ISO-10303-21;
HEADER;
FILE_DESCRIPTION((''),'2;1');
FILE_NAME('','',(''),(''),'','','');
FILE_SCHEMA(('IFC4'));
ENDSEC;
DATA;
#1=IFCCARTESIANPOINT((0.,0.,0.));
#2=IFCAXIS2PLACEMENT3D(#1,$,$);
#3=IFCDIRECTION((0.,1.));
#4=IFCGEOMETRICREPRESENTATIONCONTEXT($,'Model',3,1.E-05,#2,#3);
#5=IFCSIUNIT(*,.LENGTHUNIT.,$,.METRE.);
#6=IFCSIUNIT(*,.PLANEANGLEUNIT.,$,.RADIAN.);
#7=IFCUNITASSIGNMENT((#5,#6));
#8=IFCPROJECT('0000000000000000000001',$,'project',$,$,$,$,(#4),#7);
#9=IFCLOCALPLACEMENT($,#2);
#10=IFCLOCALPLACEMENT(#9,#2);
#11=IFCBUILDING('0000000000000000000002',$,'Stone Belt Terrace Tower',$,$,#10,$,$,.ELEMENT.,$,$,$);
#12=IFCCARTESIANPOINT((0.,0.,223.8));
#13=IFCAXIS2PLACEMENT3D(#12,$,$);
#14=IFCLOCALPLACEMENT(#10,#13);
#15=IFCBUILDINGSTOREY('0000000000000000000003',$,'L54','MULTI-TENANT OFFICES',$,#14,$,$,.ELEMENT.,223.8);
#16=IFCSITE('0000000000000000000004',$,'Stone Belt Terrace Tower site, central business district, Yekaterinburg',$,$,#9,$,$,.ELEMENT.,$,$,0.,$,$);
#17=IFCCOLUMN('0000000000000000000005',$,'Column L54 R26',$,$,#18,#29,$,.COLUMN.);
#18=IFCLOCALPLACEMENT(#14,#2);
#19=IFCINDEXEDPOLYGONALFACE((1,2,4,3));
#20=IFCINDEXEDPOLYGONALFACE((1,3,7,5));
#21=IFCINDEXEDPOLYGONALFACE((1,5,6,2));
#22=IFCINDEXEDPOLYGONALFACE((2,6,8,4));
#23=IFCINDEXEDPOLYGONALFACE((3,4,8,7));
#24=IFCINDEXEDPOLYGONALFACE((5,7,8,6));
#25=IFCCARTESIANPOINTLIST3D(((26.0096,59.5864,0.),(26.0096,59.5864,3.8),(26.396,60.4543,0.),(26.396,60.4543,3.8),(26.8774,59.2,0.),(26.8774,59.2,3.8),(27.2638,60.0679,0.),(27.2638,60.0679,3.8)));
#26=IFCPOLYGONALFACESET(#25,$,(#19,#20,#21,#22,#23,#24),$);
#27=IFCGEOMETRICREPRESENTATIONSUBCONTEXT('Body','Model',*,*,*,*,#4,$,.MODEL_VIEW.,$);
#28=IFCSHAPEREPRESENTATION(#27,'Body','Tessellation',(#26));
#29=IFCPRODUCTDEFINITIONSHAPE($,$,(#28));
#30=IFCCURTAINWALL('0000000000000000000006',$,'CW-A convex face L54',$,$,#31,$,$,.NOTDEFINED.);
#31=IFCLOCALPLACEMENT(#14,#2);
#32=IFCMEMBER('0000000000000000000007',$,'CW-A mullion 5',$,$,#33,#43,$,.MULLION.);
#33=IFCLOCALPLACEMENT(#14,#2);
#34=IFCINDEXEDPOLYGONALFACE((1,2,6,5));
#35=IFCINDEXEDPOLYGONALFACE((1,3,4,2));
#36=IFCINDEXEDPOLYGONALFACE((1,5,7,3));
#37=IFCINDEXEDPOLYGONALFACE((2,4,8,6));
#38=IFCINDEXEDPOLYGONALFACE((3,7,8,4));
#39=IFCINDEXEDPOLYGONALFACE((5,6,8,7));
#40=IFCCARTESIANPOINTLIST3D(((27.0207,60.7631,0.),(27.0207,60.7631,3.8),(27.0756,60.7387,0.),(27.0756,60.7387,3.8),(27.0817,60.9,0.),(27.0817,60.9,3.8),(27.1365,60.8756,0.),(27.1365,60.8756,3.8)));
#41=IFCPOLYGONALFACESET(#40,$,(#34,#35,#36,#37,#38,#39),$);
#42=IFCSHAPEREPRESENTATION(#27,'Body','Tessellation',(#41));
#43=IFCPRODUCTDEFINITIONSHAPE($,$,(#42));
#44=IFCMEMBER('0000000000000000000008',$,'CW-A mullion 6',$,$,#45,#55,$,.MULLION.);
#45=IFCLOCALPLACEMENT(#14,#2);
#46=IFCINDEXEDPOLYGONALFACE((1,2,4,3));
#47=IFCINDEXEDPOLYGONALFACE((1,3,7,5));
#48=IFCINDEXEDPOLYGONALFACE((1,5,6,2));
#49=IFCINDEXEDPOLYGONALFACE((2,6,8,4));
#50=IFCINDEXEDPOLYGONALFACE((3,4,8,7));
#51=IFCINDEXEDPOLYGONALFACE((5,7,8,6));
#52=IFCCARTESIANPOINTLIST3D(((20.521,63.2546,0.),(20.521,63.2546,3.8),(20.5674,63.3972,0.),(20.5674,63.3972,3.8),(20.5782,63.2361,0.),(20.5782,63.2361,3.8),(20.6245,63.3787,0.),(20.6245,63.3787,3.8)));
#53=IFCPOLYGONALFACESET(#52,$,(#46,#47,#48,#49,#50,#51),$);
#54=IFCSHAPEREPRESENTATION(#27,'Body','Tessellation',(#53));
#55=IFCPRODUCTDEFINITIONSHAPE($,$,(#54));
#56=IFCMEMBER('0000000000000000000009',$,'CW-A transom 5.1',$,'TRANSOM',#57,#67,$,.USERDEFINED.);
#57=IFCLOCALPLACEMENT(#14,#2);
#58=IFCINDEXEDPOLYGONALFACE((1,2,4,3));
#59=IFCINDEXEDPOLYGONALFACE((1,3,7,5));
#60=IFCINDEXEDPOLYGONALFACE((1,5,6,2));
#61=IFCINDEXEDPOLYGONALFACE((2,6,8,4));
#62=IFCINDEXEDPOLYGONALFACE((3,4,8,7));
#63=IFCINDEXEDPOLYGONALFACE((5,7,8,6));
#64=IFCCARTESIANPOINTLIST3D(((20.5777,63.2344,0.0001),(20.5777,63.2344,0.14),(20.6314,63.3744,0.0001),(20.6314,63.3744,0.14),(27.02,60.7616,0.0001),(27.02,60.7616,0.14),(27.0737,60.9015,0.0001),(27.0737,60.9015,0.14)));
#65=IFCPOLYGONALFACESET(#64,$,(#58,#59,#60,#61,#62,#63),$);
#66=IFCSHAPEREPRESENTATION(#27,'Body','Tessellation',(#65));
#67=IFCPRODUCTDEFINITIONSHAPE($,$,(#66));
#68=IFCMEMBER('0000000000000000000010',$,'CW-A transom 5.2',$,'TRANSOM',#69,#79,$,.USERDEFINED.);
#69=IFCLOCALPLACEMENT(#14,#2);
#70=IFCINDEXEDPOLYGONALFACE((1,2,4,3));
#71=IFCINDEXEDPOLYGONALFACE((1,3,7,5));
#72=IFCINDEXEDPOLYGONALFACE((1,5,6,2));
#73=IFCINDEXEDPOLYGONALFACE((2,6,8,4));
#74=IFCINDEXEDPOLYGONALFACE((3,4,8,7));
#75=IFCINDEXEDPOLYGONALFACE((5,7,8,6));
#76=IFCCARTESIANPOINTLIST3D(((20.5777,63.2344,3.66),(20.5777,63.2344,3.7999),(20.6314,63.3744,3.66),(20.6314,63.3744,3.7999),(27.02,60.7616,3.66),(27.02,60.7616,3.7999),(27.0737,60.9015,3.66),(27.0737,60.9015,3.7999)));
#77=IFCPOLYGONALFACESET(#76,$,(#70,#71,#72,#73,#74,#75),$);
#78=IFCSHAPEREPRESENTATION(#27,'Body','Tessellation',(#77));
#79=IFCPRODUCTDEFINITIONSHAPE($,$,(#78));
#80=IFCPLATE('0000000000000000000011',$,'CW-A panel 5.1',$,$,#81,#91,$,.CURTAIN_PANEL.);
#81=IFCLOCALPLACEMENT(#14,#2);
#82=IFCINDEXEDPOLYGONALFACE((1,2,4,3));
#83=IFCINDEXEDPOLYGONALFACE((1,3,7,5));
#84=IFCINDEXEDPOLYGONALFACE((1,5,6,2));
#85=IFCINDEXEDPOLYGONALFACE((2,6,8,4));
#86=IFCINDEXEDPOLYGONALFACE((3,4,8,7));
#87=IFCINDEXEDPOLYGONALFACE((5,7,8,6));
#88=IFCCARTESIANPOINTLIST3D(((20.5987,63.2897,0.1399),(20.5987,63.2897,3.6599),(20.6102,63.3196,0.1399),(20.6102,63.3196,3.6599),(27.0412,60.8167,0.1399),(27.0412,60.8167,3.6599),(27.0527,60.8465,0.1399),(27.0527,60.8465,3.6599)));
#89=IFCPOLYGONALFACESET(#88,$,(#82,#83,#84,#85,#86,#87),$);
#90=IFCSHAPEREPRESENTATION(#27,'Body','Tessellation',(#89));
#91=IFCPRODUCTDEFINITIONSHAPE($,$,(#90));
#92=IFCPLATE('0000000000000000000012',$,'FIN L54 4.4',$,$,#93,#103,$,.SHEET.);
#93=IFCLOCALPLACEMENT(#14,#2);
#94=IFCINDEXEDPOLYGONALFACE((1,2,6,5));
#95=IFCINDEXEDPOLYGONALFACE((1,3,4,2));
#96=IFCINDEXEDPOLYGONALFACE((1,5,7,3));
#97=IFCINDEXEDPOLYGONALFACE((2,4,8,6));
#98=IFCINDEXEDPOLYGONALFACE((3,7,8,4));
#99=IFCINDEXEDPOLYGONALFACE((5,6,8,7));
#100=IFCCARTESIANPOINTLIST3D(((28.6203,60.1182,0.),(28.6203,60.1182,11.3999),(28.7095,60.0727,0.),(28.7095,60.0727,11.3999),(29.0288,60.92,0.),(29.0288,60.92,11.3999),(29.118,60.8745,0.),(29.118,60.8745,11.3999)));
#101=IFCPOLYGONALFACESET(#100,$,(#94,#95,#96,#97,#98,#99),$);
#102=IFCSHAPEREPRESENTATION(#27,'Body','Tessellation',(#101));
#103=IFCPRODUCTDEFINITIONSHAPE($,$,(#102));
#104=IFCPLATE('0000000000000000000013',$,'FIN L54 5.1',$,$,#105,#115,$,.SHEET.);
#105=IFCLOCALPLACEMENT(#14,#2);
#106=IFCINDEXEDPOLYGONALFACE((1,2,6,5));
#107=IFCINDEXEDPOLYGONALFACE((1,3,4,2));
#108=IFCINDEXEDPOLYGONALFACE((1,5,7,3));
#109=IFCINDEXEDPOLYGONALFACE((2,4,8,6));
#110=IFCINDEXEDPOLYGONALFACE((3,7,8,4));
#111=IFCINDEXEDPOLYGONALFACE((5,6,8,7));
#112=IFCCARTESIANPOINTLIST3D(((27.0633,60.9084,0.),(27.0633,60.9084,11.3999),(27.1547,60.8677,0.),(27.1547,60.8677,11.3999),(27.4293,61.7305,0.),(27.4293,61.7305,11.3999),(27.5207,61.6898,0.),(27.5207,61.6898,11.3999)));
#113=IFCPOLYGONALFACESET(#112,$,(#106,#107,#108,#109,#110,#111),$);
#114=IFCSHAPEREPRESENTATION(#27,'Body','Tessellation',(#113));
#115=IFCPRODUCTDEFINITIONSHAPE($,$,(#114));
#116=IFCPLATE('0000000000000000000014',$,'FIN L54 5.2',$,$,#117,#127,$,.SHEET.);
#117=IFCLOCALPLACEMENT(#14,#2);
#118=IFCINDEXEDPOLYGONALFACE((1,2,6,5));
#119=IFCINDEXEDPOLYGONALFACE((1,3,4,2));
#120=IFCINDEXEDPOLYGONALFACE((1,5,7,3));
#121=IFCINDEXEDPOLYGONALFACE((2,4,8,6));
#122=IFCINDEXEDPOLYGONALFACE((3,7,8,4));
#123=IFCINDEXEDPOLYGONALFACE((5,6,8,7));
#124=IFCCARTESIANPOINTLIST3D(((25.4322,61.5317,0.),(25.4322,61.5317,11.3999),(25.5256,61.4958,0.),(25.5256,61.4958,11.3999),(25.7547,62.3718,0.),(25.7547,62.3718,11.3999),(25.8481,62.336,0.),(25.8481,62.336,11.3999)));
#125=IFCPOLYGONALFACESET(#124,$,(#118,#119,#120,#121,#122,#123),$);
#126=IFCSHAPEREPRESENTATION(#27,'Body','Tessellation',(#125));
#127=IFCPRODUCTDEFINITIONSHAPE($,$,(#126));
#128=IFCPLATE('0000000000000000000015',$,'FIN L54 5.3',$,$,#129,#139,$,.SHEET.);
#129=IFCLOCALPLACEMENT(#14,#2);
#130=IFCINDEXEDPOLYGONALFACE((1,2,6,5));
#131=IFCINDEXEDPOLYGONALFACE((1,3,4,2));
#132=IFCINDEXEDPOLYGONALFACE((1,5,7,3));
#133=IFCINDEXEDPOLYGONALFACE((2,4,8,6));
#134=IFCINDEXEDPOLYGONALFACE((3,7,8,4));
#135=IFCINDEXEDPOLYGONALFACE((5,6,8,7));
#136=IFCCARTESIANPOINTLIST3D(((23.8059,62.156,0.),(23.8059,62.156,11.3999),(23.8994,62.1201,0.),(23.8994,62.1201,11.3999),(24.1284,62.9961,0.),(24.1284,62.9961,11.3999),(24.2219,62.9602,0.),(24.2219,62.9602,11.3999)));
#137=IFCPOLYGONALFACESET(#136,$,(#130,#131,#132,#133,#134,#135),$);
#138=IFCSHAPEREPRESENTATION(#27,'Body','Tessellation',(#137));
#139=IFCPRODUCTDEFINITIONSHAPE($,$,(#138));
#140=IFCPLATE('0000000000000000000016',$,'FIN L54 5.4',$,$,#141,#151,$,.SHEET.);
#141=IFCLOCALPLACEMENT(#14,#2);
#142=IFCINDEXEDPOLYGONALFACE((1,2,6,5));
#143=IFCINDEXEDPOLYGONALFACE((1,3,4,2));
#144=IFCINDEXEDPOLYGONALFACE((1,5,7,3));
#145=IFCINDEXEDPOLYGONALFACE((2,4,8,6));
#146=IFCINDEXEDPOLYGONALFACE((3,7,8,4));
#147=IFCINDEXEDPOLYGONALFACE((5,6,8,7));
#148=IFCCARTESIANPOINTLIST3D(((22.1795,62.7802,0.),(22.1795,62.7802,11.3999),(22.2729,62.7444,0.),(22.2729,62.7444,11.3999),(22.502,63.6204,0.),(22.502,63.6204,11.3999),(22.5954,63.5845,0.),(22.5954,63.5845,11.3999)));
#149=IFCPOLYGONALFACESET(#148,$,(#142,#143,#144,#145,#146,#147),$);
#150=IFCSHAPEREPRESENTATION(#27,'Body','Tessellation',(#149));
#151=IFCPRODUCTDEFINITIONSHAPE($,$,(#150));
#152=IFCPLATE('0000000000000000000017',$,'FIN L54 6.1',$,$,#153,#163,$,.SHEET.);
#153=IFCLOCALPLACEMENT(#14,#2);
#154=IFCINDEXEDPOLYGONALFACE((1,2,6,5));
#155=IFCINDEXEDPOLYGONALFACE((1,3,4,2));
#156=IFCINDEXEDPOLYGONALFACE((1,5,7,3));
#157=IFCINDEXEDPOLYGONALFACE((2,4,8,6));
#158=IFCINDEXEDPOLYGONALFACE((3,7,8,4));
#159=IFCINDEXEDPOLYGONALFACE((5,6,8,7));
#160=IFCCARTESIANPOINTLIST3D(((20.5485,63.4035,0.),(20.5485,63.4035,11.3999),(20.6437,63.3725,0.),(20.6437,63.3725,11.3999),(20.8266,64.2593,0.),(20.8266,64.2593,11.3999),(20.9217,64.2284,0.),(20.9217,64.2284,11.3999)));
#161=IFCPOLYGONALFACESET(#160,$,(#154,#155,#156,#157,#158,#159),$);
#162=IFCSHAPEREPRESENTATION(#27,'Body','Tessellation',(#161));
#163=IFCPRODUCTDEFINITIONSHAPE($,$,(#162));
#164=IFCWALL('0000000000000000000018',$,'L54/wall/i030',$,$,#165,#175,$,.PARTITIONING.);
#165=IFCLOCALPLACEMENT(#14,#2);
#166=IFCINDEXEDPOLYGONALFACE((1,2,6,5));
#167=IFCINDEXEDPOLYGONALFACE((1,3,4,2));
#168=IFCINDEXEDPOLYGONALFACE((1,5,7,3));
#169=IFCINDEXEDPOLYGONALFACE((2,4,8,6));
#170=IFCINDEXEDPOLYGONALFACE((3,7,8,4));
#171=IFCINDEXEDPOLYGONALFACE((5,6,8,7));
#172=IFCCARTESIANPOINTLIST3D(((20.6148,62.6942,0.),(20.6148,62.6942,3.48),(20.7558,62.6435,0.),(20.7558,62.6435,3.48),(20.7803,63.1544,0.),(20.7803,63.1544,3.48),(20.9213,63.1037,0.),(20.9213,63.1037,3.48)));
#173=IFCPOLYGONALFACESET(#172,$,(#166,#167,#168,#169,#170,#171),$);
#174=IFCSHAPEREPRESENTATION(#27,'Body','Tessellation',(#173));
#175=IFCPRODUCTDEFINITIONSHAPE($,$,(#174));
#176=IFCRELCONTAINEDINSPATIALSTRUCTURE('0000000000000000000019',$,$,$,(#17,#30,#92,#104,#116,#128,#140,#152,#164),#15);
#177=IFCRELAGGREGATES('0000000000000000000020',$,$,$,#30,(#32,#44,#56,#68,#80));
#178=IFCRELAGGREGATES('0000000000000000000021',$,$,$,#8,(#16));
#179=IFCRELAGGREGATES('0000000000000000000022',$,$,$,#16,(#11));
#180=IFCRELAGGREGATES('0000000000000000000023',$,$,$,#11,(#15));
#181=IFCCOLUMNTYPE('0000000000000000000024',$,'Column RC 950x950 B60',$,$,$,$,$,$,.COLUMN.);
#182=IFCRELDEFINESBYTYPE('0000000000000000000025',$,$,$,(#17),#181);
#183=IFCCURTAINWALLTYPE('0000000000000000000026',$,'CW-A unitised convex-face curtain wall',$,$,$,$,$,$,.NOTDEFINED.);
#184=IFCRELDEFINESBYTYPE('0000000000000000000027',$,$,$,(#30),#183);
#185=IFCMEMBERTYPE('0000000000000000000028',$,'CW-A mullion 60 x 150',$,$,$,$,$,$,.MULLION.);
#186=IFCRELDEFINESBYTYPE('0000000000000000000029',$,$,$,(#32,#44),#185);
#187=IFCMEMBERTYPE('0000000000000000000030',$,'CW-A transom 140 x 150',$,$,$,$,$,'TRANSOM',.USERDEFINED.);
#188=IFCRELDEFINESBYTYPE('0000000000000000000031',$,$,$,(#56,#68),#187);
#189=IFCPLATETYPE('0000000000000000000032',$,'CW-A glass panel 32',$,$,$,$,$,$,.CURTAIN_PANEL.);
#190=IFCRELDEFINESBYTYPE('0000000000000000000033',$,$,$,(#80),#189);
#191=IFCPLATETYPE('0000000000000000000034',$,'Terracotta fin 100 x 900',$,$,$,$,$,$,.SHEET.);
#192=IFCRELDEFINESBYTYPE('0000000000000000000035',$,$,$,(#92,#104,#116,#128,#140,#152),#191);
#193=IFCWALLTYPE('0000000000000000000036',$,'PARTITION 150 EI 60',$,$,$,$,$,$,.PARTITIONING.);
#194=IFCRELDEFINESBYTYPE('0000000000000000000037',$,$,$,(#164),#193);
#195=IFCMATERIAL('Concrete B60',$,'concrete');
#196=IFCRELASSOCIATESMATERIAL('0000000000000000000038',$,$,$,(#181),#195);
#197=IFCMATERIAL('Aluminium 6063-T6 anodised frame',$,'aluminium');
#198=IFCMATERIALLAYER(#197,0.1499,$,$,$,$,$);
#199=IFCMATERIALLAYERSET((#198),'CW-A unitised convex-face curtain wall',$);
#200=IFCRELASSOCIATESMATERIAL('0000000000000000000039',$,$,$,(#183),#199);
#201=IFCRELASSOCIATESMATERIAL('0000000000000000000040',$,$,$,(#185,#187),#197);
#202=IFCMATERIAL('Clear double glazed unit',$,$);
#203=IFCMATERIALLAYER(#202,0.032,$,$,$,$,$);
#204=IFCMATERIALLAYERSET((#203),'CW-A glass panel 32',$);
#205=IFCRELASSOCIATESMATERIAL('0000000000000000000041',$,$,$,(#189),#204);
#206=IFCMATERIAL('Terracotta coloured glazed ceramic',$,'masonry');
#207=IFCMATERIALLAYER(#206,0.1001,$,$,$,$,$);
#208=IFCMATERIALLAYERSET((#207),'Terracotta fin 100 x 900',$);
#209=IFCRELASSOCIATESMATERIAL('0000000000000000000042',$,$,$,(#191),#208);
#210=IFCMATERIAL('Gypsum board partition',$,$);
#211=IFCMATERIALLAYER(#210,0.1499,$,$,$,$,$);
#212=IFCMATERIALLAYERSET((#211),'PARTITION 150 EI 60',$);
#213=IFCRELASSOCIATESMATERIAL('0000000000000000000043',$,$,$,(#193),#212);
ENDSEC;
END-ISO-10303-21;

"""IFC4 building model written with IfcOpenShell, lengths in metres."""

from ifc_helpers import new_model, si_unit, direction, frame, frame_2d, origin, origin_2d, place, context, subcontext, project, spatial, rectangle, extrude, material, layer, layer_set, material_profile, profile_set, type_object, element, aggregate, save


model = new_model("IFC4")

# Units and contexts
model_context = context("Model", 3, precision=1e-05, world=origin(), true_north=direction((0.0, 1.0)))
body_context = subcontext(model_context, "Body", "Model", "MODEL_VIEW")
ifc_project = project(units=[si_unit("LENGTHUNIT", "METRE"), si_unit("PLANEANGLEUNIT", "RADIAN")], contexts=[model_context])

# Site, building, storey
site_placement = place(None, origin())
site = spatial("IfcSite", under=ifc_project, at=site_placement, Name="Stone Belt Terrace Tower site, central business district, Yekaterinburg", CompositionType="ELEMENT", RefElevation=0.0)
building_placement = place(site_placement, origin())
building = spatial("IfcBuilding", under=site, at=building_placement, Name="Stone Belt Terrace Tower", CompositionType="ELEMENT")
storey_placement = place(building_placement, frame((0.0, 0.0, 223.8)))
storey = spatial("IfcBuildingStorey", under=building, at=storey_placement, Name="L54", Description="MULTI-TENANT OFFICES", CompositionType="ELEMENT", Elevation=223.8)

# Column
ifc_material_1 = material(Name="Concrete B60", Category="concrete")
ifc_material_profile_1 = material_profile(ifc_material_1, rectangle(XDim=0.95, YDim=0.95, at=origin_2d()), Name="RC 950x950")
ifc_profile_set_1 = profile_set([ifc_material_profile_1], Name="Concrete B60")
column_type = type_object("IfcColumnType", Name="Column RC 950x950 B60", PredefinedType="COLUMN", material=ifc_profile_set_1)
column_placement = place(storey_placement, frame((26.6367, 59.8271, 0.0), z_axis=(0.0, 0.0, 1.0), x_axis=(0.913545, -0.406737, 0.0)))
element("IfcColumn", 1, at=column_placement, inside=storey, type_object=column_type, Name="Column L54 R26", PredefinedType="COLUMN", context=body_context, shape_type="SweptSolid", body=[
    extrude(rectangle(XDim=0.95, YDim=0.95, at=origin_2d()), origin(), (0.0, 0.0, 1.0), 3.8),
])

# Curtain wall, members, plate
ifc_material_2 = material(Name="Aluminium 6063-T6 anodised frame", Category="aluminium")
ifc_layer_1 = layer(ifc_material_2, 0.1499)
ifc_layer_set_1 = layer_set([ifc_layer_1], Name="CW-A unitised convex-face curtain wall")
curtain_wall_type = type_object("IfcCurtainWallType", Name="CW-A unitised convex-face curtain wall", PredefinedType="NOTDEFINED", material=ifc_layer_set_1)
curtain_wall_placement = place(storey_placement, origin())
curtain_wall = element("IfcCurtainWall", 2, at=curtain_wall_placement, inside=storey, type_object=curtain_wall_type, Name="CW-A convex face L54", PredefinedType="NOTDEFINED")
ifc_material_profile_2 = material_profile(ifc_material_2, rectangle(XDim=0.1499, YDim=0.0601, at=origin_2d()), Name="Aluminium 6063-T6 60x150")
ifc_profile_set_2 = profile_set([ifc_material_profile_2], Name="Aluminium 6063-T6 anodised frame")
member_type_1 = type_object("IfcMemberType", Name="CW-A mullion 60 x 150", PredefinedType="MULLION", material=ifc_profile_set_2)
member_1_placement = place(storey_placement, frame((27.0786, 60.8193, 0.0), z_axis=(0.0, 0.0, 1.0), x_axis=(-0.406737, -0.913545, 0.0)))
member_1 = element("IfcMember", 3, at=member_1_placement, type_object=member_type_1, Name="CW-A mullion 5", PredefinedType="MULLION", context=body_context, shape_type="SweptSolid", body=[
    extrude(rectangle(XDim=0.1499, YDim=0.0601, at=origin_2d()), origin(), (0.0, 0.0, 1.0), 3.8),
])
member_2_placement = place(storey_placement, frame((20.5728, 63.3167, 0.0), z_axis=(0.0, 0.0, 1.0), x_axis=(-0.309017, -0.951057, 0.0)))
member_2 = element("IfcMember", 4, at=member_2_placement, type_object=member_type_1, Name="CW-A mullion 6", PredefinedType="MULLION", context=body_context, shape_type="SweptSolid", body=[
    extrude(rectangle(XDim=0.1499, YDim=0.0601, at=origin_2d()), origin(), (0.0, 0.0, 1.0), 3.8),
])
ifc_material_profile_3 = material_profile(ifc_material_2, rectangle(XDim=0.1499, YDim=0.1399, at=origin_2d()), Name="Aluminium 6063-T6 150x140")
ifc_profile_set_3 = profile_set([ifc_material_profile_3], Name="Aluminium 6063-T6 anodised frame")
member_type_2 = type_object("IfcMemberType", Name="CW-A transom 140 x 150", ElementType="TRANSOM", PredefinedType="USERDEFINED", material=ifc_profile_set_3)
member_3_placement = place(storey_placement, frame((27.0469, 60.8315, 0.0701), z_axis=(-0.933585, 0.358355, 0.0), x_axis=(-0.358355, -0.933585, 0.0)))
member_3 = element("IfcMember", 5, at=member_3_placement, type_object=member_type_2, Name="CW-A transom 5.1", ObjectType="TRANSOM", PredefinedType="USERDEFINED", context=body_context, shape_type="SweptSolid", body=[
    extrude(rectangle(XDim=0.1499, YDim=0.1399, at=origin_2d()), origin(), (0.0, 0.0, 1.0), 6.9006),
])
member_4_placement = place(storey_placement, frame((27.0469, 60.8315, 3.73), z_axis=(-0.933585, 0.358355, 0.0), x_axis=(-0.358355, -0.933585, 0.0)))
member_4 = element("IfcMember", 6, at=member_4_placement, type_object=member_type_2, Name="CW-A transom 5.2", ObjectType="TRANSOM", PredefinedType="USERDEFINED", context=body_context, shape_type="SweptSolid", body=[
    extrude(rectangle(XDim=0.1499, YDim=0.1399, at=origin_2d()), origin(), (0.0, 0.0, 1.0), 6.9006),
])
ifc_material_3 = material(Name="Clear double glazed unit")
ifc_layer_2 = layer(ifc_material_3, 0.032)
ifc_layer_set_2 = layer_set([ifc_layer_2], Name="CW-A glass panel 32")
plate_type_1 = type_object("IfcPlateType", Name="CW-A glass panel 32", PredefinedType="CURTAIN_PANEL", material=ifc_layer_set_2)
plate_placement = place(storey_placement, frame((23.8257, 62.0681, 0.1399), z_axis=(0.0, 0.0, 1.0), x_axis=(-0.93358, 0.358368, 0.0)))
plate = element("IfcPlate", 7, at=plate_placement, type_object=plate_type_1, Name="CW-A panel 5.1", PredefinedType="CURTAIN_PANEL", context=body_context, shape_type="SweptSolid", body=[
    extrude(rectangle(XDim=6.9009, YDim=0.032, at=origin_2d()), origin(), (0.0, 0.0, 1.0), 3.52),
])
aggregate(curtain_wall, [member_1, member_2, member_3, member_4, plate])

# Plates
ifc_material_4 = material(Name="Terracotta coloured glazed ceramic", Category="masonry")
ifc_layer_3 = layer(ifc_material_4, 0.1001)
ifc_layer_set_3 = layer_set([ifc_layer_3], Name="Terracotta fin 100 x 900")
plate_type_2 = type_object("IfcPlateType", Name="Terracotta fin 100 x 900", PredefinedType="SHEET", material=ifc_layer_set_3)
for number, where, z_axis, x_axis, name in (
    (8, (28.8691, 60.4963, 0.0), (0.0, 0.0, 1.0), (0.45399, 0.891007, 0.0), "FIN L54 4.4"),
    (9, (27.292, 61.2991, 0.0), (0.0, 0.0, 1.0), (0.406737, 0.913545, 0.0), "FIN L54 5.1"),
    (10, (25.6401, 61.9338, 0.0), (0.0, 0.0, 1.0), (0.358368, 0.93358, 0.0), "FIN L54 5.2"),
    (11, (24.0139, 62.5581, 0.0), (0.0, 0.0, 1.0), (0.358368, 0.93358, 0.0), "FIN L54 5.3"),
    (12, (22.3875, 63.1824, 0.0), (0.0, 0.0, 1.0), (0.358368, 0.93358, 0.0), "FIN L54 5.4"),
    (13, (20.7351, 63.8159, 0.0), (0.0, 0.0, 1.0), (0.309017, 0.951057, 0.0), "FIN L54 6.1"),
):
    element("IfcPlate", number, at=place(storey_placement, frame(where, z_axis=z_axis, x_axis=x_axis)), inside=storey, type_object=plate_type_2, Name=name, PredefinedType="SHEET", context=body_context, shape_type="SweptSolid", body=[
        extrude(rectangle(XDim=0.8999, YDim=0.1001, at=origin_2d()), origin(), (0.0, 0.0, 1.0), 11.3999),
    ])

# Wall
ifc_material_5 = material(Name="Gypsum board partition")
ifc_layer_4 = layer(ifc_material_5, 0.1499)
ifc_layer_set_4 = layer_set([ifc_layer_4], Name="PARTITION 150 EI 60")
wall_type = type_object("IfcWallType", Name="PARTITION 150 EI 60", PredefinedType="PARTITIONING", material=ifc_layer_set_4)
wall_placement = place(storey_placement, frame((20.8508, 63.1292, 0.0), z_axis=(0.0, 0.0, 1.0), x_axis=(-0.338454, -0.940983, 0.0)))
element("IfcWall", 14, at=wall_placement, inside=storey, type_object=wall_type, Name="L54/wall/i030", PredefinedType="PARTITIONING", context=body_context, shape_type="SweptSolid", body=[
    extrude(rectangle(XDim=0.489, YDim=0.1499, at=frame_2d((0.2446, 0.0))), origin(), (0.0, 0.0, 1.0), 3.48),
])

save(model, "model.ifc")
